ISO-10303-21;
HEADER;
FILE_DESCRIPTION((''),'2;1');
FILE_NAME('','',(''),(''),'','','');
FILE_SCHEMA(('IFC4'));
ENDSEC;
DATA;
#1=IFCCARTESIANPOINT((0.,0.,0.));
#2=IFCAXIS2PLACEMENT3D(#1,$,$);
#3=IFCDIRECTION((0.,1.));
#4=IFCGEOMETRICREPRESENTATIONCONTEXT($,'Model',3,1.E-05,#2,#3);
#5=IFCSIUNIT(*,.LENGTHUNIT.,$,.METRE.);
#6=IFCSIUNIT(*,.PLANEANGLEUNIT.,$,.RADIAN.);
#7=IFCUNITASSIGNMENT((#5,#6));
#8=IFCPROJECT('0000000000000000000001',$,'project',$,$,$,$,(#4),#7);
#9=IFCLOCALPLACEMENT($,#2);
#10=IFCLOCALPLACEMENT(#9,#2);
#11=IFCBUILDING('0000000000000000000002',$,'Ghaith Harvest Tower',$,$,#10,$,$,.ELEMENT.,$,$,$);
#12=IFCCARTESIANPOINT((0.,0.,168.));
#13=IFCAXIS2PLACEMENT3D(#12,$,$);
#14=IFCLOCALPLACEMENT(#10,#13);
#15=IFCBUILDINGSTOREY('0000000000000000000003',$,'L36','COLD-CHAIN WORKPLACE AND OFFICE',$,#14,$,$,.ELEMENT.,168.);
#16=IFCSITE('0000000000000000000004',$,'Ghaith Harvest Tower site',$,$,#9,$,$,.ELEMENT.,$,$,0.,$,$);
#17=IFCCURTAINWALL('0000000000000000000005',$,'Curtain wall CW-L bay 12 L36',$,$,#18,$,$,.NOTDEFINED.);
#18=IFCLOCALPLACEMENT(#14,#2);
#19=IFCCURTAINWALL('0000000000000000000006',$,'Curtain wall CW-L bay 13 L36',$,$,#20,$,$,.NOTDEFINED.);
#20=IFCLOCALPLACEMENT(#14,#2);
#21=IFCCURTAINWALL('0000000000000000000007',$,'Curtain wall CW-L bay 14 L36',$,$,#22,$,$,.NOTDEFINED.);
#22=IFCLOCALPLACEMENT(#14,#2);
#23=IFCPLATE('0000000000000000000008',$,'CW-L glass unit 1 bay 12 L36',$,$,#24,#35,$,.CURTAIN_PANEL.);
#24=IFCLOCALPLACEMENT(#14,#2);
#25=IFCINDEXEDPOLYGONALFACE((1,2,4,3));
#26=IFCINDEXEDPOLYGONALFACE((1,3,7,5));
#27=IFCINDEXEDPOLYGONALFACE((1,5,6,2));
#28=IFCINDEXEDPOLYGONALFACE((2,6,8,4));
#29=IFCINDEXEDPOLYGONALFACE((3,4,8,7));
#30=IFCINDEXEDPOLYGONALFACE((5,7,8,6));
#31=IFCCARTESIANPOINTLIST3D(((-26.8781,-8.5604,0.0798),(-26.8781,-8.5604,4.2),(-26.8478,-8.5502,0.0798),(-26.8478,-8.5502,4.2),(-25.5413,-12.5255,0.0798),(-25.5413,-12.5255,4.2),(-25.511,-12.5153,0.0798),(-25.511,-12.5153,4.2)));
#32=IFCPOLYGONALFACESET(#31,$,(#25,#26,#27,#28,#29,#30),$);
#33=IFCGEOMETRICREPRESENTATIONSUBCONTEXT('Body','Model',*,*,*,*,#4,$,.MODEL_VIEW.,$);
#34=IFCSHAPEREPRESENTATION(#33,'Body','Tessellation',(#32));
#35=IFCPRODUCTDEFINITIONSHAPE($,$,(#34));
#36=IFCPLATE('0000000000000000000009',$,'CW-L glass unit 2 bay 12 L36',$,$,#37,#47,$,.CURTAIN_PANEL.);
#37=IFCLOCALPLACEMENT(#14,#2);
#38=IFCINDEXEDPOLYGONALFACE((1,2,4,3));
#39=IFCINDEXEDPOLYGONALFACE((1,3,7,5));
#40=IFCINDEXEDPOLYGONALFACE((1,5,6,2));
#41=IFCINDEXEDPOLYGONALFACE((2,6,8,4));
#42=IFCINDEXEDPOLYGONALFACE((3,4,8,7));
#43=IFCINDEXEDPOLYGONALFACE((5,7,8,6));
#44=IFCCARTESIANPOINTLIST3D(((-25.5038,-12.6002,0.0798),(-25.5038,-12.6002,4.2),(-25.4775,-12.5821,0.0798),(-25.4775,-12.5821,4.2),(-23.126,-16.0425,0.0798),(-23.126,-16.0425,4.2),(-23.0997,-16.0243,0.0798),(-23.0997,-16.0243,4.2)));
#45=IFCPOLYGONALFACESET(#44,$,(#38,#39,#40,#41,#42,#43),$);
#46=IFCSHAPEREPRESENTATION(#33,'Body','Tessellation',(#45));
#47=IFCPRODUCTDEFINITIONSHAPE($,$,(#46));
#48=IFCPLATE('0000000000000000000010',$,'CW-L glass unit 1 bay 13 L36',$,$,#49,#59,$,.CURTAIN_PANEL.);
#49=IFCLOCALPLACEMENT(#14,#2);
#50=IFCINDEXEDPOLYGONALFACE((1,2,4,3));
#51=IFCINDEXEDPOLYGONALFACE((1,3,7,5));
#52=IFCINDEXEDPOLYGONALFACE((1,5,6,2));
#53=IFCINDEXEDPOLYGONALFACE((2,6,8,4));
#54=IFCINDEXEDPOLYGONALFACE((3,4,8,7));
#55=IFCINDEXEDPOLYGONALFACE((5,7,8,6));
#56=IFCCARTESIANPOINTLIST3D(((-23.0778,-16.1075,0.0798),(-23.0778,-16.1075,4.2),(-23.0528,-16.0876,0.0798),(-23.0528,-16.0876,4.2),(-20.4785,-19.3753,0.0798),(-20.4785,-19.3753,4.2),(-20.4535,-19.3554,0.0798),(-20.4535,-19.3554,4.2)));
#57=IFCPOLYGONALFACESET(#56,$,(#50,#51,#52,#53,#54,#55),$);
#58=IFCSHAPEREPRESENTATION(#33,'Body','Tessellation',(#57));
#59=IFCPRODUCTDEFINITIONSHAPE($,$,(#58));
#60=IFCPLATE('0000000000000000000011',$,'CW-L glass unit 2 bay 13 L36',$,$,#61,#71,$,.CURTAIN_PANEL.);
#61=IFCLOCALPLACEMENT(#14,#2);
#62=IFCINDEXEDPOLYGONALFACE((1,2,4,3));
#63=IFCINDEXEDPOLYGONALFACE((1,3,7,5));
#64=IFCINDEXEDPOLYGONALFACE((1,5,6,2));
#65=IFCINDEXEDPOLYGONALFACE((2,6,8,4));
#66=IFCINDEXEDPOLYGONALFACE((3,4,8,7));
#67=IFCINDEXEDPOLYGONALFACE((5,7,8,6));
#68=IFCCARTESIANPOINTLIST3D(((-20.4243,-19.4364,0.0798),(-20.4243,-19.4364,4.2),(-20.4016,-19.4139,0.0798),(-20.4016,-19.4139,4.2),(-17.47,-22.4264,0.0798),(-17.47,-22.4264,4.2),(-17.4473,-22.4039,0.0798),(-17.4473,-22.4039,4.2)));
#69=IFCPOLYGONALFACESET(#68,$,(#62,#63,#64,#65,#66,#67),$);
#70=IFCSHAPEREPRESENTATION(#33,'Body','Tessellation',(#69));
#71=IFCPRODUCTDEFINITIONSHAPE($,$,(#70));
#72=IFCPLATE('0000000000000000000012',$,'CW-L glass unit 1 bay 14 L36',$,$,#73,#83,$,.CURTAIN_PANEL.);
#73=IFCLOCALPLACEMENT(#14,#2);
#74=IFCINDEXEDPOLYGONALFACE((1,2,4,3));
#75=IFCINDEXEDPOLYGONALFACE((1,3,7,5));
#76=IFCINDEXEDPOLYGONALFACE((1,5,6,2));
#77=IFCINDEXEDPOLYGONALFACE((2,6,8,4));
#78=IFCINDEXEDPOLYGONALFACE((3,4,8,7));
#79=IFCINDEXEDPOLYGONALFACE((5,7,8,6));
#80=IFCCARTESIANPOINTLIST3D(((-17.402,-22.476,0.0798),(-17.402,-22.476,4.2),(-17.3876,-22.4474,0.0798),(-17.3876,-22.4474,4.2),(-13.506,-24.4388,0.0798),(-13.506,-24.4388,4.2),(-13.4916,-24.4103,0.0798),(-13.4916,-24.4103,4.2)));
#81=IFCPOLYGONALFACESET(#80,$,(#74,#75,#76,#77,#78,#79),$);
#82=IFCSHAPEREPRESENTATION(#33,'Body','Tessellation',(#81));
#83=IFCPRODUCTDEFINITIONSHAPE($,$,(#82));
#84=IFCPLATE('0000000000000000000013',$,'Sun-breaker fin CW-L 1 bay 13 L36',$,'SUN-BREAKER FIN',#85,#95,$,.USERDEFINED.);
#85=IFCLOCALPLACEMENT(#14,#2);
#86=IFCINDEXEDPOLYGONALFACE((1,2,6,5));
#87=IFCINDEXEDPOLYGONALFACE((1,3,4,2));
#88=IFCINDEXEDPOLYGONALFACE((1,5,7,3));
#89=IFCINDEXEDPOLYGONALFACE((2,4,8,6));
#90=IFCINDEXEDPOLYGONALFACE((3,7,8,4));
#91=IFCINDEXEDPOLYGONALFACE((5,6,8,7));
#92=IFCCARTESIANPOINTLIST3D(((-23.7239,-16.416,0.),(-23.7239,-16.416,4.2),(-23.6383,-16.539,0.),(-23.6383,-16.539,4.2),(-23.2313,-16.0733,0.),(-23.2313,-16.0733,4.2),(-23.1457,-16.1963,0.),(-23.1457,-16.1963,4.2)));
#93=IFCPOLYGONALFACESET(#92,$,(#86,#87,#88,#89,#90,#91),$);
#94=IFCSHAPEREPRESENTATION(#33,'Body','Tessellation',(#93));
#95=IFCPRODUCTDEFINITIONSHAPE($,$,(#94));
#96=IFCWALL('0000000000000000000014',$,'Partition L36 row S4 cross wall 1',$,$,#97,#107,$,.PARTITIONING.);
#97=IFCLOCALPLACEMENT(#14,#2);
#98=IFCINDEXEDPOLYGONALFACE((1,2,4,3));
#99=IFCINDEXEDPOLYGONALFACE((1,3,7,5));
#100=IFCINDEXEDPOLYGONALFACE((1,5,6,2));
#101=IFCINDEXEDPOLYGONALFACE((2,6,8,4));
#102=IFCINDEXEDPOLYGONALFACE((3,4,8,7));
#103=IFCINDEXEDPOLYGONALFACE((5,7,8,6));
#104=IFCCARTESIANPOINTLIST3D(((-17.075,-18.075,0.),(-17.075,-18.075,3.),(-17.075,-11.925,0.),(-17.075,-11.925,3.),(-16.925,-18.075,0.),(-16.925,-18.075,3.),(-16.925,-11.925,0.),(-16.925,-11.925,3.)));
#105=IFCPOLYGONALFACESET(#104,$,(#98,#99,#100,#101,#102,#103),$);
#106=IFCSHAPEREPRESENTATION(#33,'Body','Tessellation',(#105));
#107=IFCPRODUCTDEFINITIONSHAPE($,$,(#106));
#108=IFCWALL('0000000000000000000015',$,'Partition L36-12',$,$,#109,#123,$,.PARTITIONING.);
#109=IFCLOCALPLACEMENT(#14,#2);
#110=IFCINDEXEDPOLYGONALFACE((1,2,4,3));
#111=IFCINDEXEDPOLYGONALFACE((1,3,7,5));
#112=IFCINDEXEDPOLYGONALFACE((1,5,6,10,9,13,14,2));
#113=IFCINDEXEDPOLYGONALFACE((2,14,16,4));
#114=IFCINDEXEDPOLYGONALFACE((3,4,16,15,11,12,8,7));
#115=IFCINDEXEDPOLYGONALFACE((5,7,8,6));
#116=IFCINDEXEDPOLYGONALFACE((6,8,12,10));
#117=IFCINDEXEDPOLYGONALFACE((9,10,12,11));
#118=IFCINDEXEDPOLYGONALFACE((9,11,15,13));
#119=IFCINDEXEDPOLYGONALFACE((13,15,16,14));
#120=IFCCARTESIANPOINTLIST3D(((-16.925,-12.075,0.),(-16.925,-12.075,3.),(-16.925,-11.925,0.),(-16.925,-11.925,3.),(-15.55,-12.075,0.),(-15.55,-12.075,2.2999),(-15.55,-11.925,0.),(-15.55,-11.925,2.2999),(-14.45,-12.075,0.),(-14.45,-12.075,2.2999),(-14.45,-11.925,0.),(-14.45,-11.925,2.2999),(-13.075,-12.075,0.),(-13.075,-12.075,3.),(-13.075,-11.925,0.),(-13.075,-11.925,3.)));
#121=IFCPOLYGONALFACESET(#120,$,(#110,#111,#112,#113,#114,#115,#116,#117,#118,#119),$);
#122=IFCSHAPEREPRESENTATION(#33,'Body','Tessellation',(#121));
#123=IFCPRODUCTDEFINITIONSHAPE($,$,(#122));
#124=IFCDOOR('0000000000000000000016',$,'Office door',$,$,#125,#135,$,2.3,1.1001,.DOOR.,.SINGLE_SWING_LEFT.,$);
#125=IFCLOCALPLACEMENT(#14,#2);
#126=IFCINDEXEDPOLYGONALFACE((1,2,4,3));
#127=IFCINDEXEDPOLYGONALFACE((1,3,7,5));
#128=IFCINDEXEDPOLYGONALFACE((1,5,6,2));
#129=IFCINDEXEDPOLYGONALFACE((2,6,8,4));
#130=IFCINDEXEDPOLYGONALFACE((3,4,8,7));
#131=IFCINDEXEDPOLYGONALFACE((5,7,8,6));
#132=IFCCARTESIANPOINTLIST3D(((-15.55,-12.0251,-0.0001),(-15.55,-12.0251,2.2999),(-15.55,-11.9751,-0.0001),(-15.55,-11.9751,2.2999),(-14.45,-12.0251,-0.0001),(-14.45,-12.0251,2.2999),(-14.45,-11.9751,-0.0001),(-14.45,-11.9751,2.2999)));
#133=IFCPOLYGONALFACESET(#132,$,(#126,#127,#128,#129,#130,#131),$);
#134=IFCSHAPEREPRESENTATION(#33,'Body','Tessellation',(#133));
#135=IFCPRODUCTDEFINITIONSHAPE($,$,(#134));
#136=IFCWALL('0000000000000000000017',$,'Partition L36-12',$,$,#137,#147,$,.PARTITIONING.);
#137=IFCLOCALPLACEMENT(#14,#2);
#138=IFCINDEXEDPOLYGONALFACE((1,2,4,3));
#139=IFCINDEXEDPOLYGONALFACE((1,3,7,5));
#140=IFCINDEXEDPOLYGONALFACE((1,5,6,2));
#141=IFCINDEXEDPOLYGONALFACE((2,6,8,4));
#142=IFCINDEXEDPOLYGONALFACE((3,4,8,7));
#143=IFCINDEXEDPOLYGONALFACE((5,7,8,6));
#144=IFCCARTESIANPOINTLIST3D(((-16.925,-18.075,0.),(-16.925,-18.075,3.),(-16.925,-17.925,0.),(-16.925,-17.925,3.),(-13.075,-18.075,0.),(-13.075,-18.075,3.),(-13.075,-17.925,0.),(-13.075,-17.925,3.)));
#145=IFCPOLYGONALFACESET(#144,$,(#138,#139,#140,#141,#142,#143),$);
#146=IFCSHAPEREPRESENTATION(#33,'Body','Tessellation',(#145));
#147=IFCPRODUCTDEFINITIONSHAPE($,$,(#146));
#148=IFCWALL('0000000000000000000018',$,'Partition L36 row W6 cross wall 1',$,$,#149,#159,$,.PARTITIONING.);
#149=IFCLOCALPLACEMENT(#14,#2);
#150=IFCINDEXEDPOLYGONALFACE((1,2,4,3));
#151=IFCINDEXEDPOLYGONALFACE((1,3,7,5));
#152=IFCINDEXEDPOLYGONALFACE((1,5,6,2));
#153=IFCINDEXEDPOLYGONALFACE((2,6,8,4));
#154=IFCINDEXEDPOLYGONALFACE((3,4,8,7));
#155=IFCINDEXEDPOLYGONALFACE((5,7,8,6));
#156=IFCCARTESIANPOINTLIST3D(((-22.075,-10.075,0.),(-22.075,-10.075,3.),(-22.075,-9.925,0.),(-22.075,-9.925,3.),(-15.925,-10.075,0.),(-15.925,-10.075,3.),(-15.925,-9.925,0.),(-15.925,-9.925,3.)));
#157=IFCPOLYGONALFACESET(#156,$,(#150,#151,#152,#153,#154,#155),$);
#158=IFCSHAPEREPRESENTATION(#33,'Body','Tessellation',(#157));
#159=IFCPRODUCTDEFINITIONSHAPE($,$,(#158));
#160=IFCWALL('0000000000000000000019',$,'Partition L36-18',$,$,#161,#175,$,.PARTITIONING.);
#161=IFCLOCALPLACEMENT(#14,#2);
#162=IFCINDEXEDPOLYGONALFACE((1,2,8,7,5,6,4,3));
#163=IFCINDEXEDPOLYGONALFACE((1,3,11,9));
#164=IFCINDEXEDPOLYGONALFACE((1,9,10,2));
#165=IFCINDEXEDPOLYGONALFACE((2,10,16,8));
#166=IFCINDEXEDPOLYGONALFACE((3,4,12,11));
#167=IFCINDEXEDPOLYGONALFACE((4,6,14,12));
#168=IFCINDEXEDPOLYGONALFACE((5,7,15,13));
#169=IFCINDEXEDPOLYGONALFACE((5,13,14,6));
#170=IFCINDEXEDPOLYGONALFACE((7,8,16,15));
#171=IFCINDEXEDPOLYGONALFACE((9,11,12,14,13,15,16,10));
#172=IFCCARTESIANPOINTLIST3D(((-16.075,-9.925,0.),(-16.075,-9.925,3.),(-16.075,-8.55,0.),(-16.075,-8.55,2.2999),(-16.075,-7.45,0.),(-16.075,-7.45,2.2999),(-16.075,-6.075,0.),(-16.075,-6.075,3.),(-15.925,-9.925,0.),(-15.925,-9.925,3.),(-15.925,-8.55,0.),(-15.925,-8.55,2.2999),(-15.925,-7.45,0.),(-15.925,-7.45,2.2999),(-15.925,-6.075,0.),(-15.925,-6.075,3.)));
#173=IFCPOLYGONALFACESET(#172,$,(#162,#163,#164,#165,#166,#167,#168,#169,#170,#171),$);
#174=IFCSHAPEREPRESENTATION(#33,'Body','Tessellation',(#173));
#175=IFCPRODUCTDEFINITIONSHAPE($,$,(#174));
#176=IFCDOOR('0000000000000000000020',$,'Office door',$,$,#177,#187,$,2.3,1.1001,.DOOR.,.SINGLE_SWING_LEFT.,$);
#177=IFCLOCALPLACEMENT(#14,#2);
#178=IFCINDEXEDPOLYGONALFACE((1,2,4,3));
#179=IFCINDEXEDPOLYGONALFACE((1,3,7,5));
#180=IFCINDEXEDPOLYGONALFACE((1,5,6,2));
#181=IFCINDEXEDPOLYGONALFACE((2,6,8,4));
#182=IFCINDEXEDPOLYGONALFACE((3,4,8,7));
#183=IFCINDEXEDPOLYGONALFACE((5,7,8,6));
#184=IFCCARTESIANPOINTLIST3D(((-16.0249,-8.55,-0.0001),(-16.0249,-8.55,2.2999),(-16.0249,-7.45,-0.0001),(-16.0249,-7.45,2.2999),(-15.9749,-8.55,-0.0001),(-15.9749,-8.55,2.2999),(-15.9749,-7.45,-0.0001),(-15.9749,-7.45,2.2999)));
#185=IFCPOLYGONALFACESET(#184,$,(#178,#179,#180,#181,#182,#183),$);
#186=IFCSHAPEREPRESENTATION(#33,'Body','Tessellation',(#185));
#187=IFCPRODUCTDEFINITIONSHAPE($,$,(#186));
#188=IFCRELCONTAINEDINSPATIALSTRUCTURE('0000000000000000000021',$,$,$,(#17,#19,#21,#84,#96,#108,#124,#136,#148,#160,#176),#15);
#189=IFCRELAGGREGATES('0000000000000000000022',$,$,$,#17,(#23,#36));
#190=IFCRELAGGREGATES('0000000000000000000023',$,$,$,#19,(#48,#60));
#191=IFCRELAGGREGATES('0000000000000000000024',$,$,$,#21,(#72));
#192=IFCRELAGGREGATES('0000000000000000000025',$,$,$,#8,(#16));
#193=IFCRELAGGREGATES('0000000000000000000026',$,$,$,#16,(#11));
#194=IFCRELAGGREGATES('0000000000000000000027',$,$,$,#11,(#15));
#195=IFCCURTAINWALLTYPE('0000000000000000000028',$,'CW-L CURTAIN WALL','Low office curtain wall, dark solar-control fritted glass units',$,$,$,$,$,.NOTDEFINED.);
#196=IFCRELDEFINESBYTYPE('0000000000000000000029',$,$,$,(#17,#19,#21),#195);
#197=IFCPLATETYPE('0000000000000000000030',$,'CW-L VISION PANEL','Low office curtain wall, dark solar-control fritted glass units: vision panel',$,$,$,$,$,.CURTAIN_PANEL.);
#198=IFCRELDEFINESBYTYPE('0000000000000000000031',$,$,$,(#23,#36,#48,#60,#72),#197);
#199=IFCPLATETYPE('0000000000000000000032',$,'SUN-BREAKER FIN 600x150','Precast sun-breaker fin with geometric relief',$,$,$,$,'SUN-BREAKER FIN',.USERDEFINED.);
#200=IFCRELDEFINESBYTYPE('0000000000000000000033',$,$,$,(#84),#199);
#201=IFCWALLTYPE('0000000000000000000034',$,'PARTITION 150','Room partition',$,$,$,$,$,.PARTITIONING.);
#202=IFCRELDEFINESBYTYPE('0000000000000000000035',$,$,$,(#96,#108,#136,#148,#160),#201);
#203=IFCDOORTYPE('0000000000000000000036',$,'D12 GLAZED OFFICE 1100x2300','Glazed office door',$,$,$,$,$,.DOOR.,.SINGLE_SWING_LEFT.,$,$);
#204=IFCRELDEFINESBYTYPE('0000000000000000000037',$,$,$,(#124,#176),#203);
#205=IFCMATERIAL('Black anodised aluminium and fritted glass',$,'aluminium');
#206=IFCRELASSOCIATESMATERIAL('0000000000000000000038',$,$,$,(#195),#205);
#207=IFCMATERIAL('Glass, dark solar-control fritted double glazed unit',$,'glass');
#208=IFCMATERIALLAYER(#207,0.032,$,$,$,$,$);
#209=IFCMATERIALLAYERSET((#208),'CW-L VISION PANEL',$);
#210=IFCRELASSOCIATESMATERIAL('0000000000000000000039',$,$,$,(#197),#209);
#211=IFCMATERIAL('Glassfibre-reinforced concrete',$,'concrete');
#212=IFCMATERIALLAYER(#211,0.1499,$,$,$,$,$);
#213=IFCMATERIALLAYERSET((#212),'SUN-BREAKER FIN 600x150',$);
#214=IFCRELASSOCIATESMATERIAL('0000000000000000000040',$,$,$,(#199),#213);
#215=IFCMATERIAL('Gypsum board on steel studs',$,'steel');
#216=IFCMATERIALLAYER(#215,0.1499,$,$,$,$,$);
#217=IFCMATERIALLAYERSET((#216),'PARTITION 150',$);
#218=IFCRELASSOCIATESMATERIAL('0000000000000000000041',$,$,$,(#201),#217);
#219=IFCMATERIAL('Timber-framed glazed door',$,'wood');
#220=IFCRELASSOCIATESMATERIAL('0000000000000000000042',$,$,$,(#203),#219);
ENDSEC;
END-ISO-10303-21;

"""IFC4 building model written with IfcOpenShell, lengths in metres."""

from ifc_helpers import new_model, si_unit, direction, frame, frame_2d, origin, origin_2d, place, context, subcontext, project, spatial, rectangle, extrude, material, layer, layer_set, type_object, element, fill, aggregate, save


model = new_model("IFC4")

# Units and contexts
model_context = context("Model", 3, precision=1e-05, world=origin(), true_north=direction((0.0, 1.0)))
body_context = subcontext(model_context, "Body", "Model", "MODEL_VIEW")
ifc_project = project(units=[si_unit("LENGTHUNIT", "METRE"), si_unit("PLANEANGLEUNIT", "RADIAN")], contexts=[model_context])

# Site, building, storey
site_placement = place(None, origin())
site = spatial("IfcSite", under=ifc_project, at=site_placement, Name="Ghaith Harvest Tower site", CompositionType="ELEMENT", RefElevation=0.0)
building_placement = place(site_placement, origin())
building = spatial("IfcBuilding", under=site, at=building_placement, Name="Ghaith Harvest Tower", CompositionType="ELEMENT")
storey_placement = place(building_placement, frame((0.0, 0.0, 168.0)))
storey = spatial("IfcBuildingStorey", under=building, at=storey_placement, Name="L36", Description="COLD-CHAIN WORKPLACE AND OFFICE", CompositionType="ELEMENT", Elevation=168.0)

# Curtain wall
ifc_material_1 = material(Name="Black anodised aluminium and fritted glass", Category="aluminium")
curtain_wall_type = type_object("IfcCurtainWallType", Name="CW-L CURTAIN WALL", Description="Low office curtain wall, dark solar-control fritted glass units", PredefinedType="NOTDEFINED", material=ifc_material_1)
curtain_wall_1_placement = place(storey_placement, origin())
curtain_wall_1 = element("IfcCurtainWall", 1, at=curtain_wall_1_placement, inside=storey, type_object=curtain_wall_type, Name="Curtain wall CW-L bay 12 L36", PredefinedType="NOTDEFINED")

# Curtain wall
curtain_wall_2_placement = place(storey_placement, origin())
curtain_wall_2 = element("IfcCurtainWall", 2, at=curtain_wall_2_placement, inside=storey, type_object=curtain_wall_type, Name="Curtain wall CW-L bay 13 L36", PredefinedType="NOTDEFINED")

# Curtain wall
curtain_wall_3_placement = place(storey_placement, origin())
curtain_wall_3 = element("IfcCurtainWall", 3, at=curtain_wall_3_placement, inside=storey, type_object=curtain_wall_type, Name="Curtain wall CW-L bay 14 L36", PredefinedType="NOTDEFINED")

# Plates
ifc_material_2 = material(Name="Glass, dark solar-control fritted double glazed unit", Category="glass")
ifc_layer_1 = layer(ifc_material_2, 0.032)
ifc_layer_set_1 = layer_set([ifc_layer_1], Name="CW-L VISION PANEL")
plate_type_1 = type_object("IfcPlateType", Name="CW-L VISION PANEL", Description="Low office curtain wall, dark solar-control fritted glass units: vision panel", PredefinedType="CURTAIN_PANEL", material=ifc_layer_set_1)
plate_1_placement = place(storey_placement, frame((-26.1946, -10.5378, 0.0798), z_axis=(0.0, 0.0, 1.0), x_axis=(0.319477, -0.947594, 0.0)))
plate_1 = element("IfcPlate", 4, at=plate_1_placement, type_object=plate_type_1, Name="CW-L glass unit 1 bay 12 L36", PredefinedType="CURTAIN_PANEL", context=body_context, shape_type="SweptSolid", body=[
    extrude(rectangle(XDim=4.1843, YDim=0.032, at=origin_2d()), origin(), (0.0, 0.0, 1.0), 4.1201),
])
plate_2_placement = place(storey_placement, frame((-24.3018, -14.3123, 0.0798), z_axis=(0.0, 0.0, 1.0), x_axis=(0.568348, -0.822788, 0.0)))
plate_2 = element("IfcPlate", 5, at=plate_2_placement, type_object=plate_type_1, Name="CW-L glass unit 2 bay 12 L36", PredefinedType="CURTAIN_PANEL", context=body_context, shape_type="SweptSolid", body=[
    extrude(rectangle(XDim=4.1836, YDim=0.032, at=origin_2d()), origin(), (0.0, 0.0, 1.0), 4.1201),
])
aggregate(curtain_wall_1, [plate_1, plate_2])
plate_3_placement = place(storey_placement, frame((-21.7656, -17.7314, 0.0798), z_axis=(0.0, 0.0, 1.0), x_axis=(0.622507, -0.782614, 0.0)))
plate_3 = element("IfcPlate", 6, at=plate_3_placement, type_object=plate_type_1, Name="CW-L glass unit 1 bay 13 L36", PredefinedType="CURTAIN_PANEL", context=body_context, shape_type="SweptSolid", body=[
    extrude(rectangle(XDim=4.1755, YDim=0.032, at=origin_2d()), origin(), (0.0, 0.0, 1.0), 4.1201),
])
plate_4_placement = place(storey_placement, frame((-18.9358, -20.9202, 0.0798), z_axis=(0.0, 0.0, 1.0), x_axis=(0.702843, -0.711345, 0.0)))
plate_4 = element("IfcPlate", 7, at=plate_4_placement, type_object=plate_type_1, Name="CW-L glass unit 2 bay 13 L36", PredefinedType="CURTAIN_PANEL", context=body_context, shape_type="SweptSolid", body=[
    extrude(rectangle(XDim=4.2034, YDim=0.032, at=origin_2d()), origin(), (0.0, 0.0, 1.0), 4.1201),
])
aggregate(curtain_wall_2, [plate_3, plate_4])
plate_5_placement = place(storey_placement, frame((-15.4468, -23.4431, 0.0798), z_axis=(0.0, 0.0, 1.0), x_axis=(0.893062, -0.449933, 0.0)))
plate_5 = element("IfcPlate", 8, at=plate_5_placement, type_object=plate_type_1, Name="CW-L glass unit 1 bay 14 L36", PredefinedType="CURTAIN_PANEL", context=body_context, shape_type="SweptSolid", body=[
    extrude(rectangle(XDim=4.3625, YDim=0.032, at=origin_2d()), origin(), (0.0, 0.0, 1.0), 4.1201),
])
aggregate(curtain_wall_3, [plate_5])
ifc_material_3 = material(Name="Glassfibre-reinforced concrete", Category="concrete")
ifc_layer_2 = layer(ifc_material_3, 0.1499)
ifc_layer_set_2 = layer_set([ifc_layer_2], Name="SUN-BREAKER FIN 600x150")
plate_type_2 = type_object("IfcPlateType", Name="SUN-BREAKER FIN 600x150", Description="Precast sun-breaker fin with geometric relief", ElementType="SUN-BREAKER FIN", PredefinedType="USERDEFINED", material=ifc_layer_set_2)
plate_6_placement = place(storey_placement, frame((-23.4348, -16.3062, 0.0), z_axis=(0.0, 0.0, 1.0), x_axis=(-0.820845, -0.57115, 0.0)))
element("IfcPlate", 9, at=plate_6_placement, inside=storey, type_object=plate_type_2, Name="Sun-breaker fin CW-L 1 bay 13 L36", ObjectType="SUN-BREAKER FIN", PredefinedType="USERDEFINED", context=body_context, shape_type="SweptSolid", body=[
    extrude(rectangle(XDim=0.6001, YDim=0.1499, at=origin_2d()), origin(), (0.0, 0.0, 1.0), 4.2),
])

# Wall
ifc_material_4 = material(Name="Gypsum board on steel studs", Category="steel")
ifc_layer_3 = layer(ifc_material_4, 0.1499)
ifc_layer_set_3 = layer_set([ifc_layer_3], Name="PARTITION 150")
wall_type = type_object("IfcWallType", Name="PARTITION 150", Description="Room partition", PredefinedType="PARTITIONING", material=ifc_layer_set_3)
wall_1_placement = place(storey_placement, frame((-17.0, -11.925, 0.0), z_axis=(0.0, 0.0, 1.0), x_axis=(0.0, -1.0, 0.0)))
element("IfcWall", 10, at=wall_1_placement, inside=storey, type_object=wall_type, Name="Partition L36 row S4 cross wall 1", PredefinedType="PARTITIONING", context=body_context, shape_type="SweptSolid", body=[
    extrude(rectangle(XDim=6.1499, YDim=0.1499, at=frame_2d((3.075, 0.0))), origin(), (0.0, 0.0, 1.0), 3.0),
])

# Wall, opening, door
wall_2_placement = place(storey_placement, frame((-16.925, -12.0, 0.0), z_axis=(0.0, 0.0, 1.0), x_axis=(1.0, 0.0, 0.0)))
wall_2 = element("IfcWall", 11, at=wall_2_placement, inside=storey, type_object=wall_type, Name="Partition L36-12", PredefinedType="PARTITIONING", context=body_context, shape_type="SweptSolid", body=[
    extrude(rectangle(XDim=3.8501, YDim=0.1499, at=frame_2d((1.925, 0.0))), origin(), (0.0, 0.0, 1.0), 3.0),
])
opening_1_placement = place(wall_2_placement, frame((1.375, 0.0, 0.0)))
opening_1 = element("IfcOpeningElement", 12, at=opening_1_placement, cuts=wall_2, PredefinedType="OPENING", context=body_context, shape_type="SweptSolid", body=[
    extrude(rectangle(XDim=1.1001, YDim=2.3, at=frame_2d((0.55, 1.1499))), frame((0.0, 0.085, 0.0), z_axis=(0.0, -1.0, 0.0), x_axis=(1.0, 0.0, 0.0)), (0.0, 0.0, 1.0), 0.1699),
])
ifc_material_5 = material(Name="Timber-framed glazed door", Category="wood")
door_type = type_object("IfcDoorType", Name="D12 GLAZED OFFICE 1100x2300", Description="Glazed office door", OperationType="SINGLE_SWING_LEFT", PredefinedType="DOOR", material=ifc_material_5)
door_1_placement = place(opening_1_placement, origin())
door_1 = element("IfcDoor", 13, at=door_1_placement, inside=storey, type_object=door_type, Name="Office door", OperationType="SINGLE_SWING_LEFT", OverallHeight=2.3, OverallWidth=1.1001, PredefinedType="DOOR", context=body_context, shape_type="SweptSolid", body=[
    extrude(rectangle(XDim=1.1001, YDim=2.3, at=frame_2d((0.55, 1.1499))), frame((0.0, 0.0249, 0.0), z_axis=(0.0, -1.0, 0.0), x_axis=(1.0, 0.0, 0.0)), (0.0, 0.0, 1.0), 0.05),
])
fill(opening_1, door_1)

# Walls
wall_3_placement = place(storey_placement, frame((-16.925, -18.0, 0.0), z_axis=(0.0, 0.0, 1.0), x_axis=(1.0, 0.0, 0.0)))
element("IfcWall", 14, at=wall_3_placement, inside=storey, type_object=wall_type, Name="Partition L36-12", PredefinedType="PARTITIONING", context=body_context, shape_type="SweptSolid", body=[
    extrude(rectangle(XDim=3.8501, YDim=0.1499, at=frame_2d((1.925, 0.0))), origin(), (0.0, 0.0, 1.0), 3.0),
])
wall_4_placement = place(storey_placement, frame((-15.925, -10.0, 0.0), z_axis=(0.0, 0.0, 1.0), x_axis=(-1.0, 0.0, 0.0)))
element("IfcWall", 15, at=wall_4_placement, inside=storey, type_object=wall_type, Name="Partition L36 row W6 cross wall 1", PredefinedType="PARTITIONING", context=body_context, shape_type="SweptSolid", body=[
    extrude(rectangle(XDim=6.1499, YDim=0.1499, at=frame_2d((3.075, 0.0))), origin(), (0.0, 0.0, 1.0), 3.0),
])

# Wall, opening, door
wall_5_placement = place(storey_placement, frame((-16.0, -9.925, 0.0), z_axis=(0.0, 0.0, 1.0), x_axis=(0.0, 1.0, 0.0)))
wall_5 = element("IfcWall", 16, at=wall_5_placement, inside=storey, type_object=wall_type, Name="Partition L36-18", PredefinedType="PARTITIONING", context=body_context, shape_type="SweptSolid", body=[
    extrude(rectangle(XDim=3.8501, YDim=0.1499, at=frame_2d((1.925, 0.0))), origin(), (0.0, 0.0, 1.0), 3.0),
])
opening_2_placement = place(wall_5_placement, frame((1.375, 0.0, 0.0)))
opening_2 = element("IfcOpeningElement", 17, at=opening_2_placement, cuts=wall_5, PredefinedType="OPENING", context=body_context, shape_type="SweptSolid", body=[
    extrude(rectangle(XDim=1.1001, YDim=2.3, at=frame_2d((0.55, 1.1499))), frame((0.0, 0.085, 0.0), z_axis=(0.0, -1.0, 0.0), x_axis=(1.0, 0.0, 0.0)), (0.0, 0.0, 1.0), 0.1699),
])
door_2_placement = place(opening_2_placement, origin())
door_2 = element("IfcDoor", 18, at=door_2_placement, inside=storey, type_object=door_type, Name="Office door", OperationType="SINGLE_SWING_LEFT", OverallHeight=2.3, OverallWidth=1.1001, PredefinedType="DOOR", context=body_context, shape_type="SweptSolid", body=[
    extrude(rectangle(XDim=1.1001, YDim=2.3, at=frame_2d((0.55, 1.1499))), frame((0.0, 0.0249, 0.0), z_axis=(0.0, -1.0, 0.0), x_axis=(1.0, 0.0, 0.0)), (0.0, 0.0, 1.0), 0.05),
])
fill(opening_2, door_2)

save(model, "model.ifc")
